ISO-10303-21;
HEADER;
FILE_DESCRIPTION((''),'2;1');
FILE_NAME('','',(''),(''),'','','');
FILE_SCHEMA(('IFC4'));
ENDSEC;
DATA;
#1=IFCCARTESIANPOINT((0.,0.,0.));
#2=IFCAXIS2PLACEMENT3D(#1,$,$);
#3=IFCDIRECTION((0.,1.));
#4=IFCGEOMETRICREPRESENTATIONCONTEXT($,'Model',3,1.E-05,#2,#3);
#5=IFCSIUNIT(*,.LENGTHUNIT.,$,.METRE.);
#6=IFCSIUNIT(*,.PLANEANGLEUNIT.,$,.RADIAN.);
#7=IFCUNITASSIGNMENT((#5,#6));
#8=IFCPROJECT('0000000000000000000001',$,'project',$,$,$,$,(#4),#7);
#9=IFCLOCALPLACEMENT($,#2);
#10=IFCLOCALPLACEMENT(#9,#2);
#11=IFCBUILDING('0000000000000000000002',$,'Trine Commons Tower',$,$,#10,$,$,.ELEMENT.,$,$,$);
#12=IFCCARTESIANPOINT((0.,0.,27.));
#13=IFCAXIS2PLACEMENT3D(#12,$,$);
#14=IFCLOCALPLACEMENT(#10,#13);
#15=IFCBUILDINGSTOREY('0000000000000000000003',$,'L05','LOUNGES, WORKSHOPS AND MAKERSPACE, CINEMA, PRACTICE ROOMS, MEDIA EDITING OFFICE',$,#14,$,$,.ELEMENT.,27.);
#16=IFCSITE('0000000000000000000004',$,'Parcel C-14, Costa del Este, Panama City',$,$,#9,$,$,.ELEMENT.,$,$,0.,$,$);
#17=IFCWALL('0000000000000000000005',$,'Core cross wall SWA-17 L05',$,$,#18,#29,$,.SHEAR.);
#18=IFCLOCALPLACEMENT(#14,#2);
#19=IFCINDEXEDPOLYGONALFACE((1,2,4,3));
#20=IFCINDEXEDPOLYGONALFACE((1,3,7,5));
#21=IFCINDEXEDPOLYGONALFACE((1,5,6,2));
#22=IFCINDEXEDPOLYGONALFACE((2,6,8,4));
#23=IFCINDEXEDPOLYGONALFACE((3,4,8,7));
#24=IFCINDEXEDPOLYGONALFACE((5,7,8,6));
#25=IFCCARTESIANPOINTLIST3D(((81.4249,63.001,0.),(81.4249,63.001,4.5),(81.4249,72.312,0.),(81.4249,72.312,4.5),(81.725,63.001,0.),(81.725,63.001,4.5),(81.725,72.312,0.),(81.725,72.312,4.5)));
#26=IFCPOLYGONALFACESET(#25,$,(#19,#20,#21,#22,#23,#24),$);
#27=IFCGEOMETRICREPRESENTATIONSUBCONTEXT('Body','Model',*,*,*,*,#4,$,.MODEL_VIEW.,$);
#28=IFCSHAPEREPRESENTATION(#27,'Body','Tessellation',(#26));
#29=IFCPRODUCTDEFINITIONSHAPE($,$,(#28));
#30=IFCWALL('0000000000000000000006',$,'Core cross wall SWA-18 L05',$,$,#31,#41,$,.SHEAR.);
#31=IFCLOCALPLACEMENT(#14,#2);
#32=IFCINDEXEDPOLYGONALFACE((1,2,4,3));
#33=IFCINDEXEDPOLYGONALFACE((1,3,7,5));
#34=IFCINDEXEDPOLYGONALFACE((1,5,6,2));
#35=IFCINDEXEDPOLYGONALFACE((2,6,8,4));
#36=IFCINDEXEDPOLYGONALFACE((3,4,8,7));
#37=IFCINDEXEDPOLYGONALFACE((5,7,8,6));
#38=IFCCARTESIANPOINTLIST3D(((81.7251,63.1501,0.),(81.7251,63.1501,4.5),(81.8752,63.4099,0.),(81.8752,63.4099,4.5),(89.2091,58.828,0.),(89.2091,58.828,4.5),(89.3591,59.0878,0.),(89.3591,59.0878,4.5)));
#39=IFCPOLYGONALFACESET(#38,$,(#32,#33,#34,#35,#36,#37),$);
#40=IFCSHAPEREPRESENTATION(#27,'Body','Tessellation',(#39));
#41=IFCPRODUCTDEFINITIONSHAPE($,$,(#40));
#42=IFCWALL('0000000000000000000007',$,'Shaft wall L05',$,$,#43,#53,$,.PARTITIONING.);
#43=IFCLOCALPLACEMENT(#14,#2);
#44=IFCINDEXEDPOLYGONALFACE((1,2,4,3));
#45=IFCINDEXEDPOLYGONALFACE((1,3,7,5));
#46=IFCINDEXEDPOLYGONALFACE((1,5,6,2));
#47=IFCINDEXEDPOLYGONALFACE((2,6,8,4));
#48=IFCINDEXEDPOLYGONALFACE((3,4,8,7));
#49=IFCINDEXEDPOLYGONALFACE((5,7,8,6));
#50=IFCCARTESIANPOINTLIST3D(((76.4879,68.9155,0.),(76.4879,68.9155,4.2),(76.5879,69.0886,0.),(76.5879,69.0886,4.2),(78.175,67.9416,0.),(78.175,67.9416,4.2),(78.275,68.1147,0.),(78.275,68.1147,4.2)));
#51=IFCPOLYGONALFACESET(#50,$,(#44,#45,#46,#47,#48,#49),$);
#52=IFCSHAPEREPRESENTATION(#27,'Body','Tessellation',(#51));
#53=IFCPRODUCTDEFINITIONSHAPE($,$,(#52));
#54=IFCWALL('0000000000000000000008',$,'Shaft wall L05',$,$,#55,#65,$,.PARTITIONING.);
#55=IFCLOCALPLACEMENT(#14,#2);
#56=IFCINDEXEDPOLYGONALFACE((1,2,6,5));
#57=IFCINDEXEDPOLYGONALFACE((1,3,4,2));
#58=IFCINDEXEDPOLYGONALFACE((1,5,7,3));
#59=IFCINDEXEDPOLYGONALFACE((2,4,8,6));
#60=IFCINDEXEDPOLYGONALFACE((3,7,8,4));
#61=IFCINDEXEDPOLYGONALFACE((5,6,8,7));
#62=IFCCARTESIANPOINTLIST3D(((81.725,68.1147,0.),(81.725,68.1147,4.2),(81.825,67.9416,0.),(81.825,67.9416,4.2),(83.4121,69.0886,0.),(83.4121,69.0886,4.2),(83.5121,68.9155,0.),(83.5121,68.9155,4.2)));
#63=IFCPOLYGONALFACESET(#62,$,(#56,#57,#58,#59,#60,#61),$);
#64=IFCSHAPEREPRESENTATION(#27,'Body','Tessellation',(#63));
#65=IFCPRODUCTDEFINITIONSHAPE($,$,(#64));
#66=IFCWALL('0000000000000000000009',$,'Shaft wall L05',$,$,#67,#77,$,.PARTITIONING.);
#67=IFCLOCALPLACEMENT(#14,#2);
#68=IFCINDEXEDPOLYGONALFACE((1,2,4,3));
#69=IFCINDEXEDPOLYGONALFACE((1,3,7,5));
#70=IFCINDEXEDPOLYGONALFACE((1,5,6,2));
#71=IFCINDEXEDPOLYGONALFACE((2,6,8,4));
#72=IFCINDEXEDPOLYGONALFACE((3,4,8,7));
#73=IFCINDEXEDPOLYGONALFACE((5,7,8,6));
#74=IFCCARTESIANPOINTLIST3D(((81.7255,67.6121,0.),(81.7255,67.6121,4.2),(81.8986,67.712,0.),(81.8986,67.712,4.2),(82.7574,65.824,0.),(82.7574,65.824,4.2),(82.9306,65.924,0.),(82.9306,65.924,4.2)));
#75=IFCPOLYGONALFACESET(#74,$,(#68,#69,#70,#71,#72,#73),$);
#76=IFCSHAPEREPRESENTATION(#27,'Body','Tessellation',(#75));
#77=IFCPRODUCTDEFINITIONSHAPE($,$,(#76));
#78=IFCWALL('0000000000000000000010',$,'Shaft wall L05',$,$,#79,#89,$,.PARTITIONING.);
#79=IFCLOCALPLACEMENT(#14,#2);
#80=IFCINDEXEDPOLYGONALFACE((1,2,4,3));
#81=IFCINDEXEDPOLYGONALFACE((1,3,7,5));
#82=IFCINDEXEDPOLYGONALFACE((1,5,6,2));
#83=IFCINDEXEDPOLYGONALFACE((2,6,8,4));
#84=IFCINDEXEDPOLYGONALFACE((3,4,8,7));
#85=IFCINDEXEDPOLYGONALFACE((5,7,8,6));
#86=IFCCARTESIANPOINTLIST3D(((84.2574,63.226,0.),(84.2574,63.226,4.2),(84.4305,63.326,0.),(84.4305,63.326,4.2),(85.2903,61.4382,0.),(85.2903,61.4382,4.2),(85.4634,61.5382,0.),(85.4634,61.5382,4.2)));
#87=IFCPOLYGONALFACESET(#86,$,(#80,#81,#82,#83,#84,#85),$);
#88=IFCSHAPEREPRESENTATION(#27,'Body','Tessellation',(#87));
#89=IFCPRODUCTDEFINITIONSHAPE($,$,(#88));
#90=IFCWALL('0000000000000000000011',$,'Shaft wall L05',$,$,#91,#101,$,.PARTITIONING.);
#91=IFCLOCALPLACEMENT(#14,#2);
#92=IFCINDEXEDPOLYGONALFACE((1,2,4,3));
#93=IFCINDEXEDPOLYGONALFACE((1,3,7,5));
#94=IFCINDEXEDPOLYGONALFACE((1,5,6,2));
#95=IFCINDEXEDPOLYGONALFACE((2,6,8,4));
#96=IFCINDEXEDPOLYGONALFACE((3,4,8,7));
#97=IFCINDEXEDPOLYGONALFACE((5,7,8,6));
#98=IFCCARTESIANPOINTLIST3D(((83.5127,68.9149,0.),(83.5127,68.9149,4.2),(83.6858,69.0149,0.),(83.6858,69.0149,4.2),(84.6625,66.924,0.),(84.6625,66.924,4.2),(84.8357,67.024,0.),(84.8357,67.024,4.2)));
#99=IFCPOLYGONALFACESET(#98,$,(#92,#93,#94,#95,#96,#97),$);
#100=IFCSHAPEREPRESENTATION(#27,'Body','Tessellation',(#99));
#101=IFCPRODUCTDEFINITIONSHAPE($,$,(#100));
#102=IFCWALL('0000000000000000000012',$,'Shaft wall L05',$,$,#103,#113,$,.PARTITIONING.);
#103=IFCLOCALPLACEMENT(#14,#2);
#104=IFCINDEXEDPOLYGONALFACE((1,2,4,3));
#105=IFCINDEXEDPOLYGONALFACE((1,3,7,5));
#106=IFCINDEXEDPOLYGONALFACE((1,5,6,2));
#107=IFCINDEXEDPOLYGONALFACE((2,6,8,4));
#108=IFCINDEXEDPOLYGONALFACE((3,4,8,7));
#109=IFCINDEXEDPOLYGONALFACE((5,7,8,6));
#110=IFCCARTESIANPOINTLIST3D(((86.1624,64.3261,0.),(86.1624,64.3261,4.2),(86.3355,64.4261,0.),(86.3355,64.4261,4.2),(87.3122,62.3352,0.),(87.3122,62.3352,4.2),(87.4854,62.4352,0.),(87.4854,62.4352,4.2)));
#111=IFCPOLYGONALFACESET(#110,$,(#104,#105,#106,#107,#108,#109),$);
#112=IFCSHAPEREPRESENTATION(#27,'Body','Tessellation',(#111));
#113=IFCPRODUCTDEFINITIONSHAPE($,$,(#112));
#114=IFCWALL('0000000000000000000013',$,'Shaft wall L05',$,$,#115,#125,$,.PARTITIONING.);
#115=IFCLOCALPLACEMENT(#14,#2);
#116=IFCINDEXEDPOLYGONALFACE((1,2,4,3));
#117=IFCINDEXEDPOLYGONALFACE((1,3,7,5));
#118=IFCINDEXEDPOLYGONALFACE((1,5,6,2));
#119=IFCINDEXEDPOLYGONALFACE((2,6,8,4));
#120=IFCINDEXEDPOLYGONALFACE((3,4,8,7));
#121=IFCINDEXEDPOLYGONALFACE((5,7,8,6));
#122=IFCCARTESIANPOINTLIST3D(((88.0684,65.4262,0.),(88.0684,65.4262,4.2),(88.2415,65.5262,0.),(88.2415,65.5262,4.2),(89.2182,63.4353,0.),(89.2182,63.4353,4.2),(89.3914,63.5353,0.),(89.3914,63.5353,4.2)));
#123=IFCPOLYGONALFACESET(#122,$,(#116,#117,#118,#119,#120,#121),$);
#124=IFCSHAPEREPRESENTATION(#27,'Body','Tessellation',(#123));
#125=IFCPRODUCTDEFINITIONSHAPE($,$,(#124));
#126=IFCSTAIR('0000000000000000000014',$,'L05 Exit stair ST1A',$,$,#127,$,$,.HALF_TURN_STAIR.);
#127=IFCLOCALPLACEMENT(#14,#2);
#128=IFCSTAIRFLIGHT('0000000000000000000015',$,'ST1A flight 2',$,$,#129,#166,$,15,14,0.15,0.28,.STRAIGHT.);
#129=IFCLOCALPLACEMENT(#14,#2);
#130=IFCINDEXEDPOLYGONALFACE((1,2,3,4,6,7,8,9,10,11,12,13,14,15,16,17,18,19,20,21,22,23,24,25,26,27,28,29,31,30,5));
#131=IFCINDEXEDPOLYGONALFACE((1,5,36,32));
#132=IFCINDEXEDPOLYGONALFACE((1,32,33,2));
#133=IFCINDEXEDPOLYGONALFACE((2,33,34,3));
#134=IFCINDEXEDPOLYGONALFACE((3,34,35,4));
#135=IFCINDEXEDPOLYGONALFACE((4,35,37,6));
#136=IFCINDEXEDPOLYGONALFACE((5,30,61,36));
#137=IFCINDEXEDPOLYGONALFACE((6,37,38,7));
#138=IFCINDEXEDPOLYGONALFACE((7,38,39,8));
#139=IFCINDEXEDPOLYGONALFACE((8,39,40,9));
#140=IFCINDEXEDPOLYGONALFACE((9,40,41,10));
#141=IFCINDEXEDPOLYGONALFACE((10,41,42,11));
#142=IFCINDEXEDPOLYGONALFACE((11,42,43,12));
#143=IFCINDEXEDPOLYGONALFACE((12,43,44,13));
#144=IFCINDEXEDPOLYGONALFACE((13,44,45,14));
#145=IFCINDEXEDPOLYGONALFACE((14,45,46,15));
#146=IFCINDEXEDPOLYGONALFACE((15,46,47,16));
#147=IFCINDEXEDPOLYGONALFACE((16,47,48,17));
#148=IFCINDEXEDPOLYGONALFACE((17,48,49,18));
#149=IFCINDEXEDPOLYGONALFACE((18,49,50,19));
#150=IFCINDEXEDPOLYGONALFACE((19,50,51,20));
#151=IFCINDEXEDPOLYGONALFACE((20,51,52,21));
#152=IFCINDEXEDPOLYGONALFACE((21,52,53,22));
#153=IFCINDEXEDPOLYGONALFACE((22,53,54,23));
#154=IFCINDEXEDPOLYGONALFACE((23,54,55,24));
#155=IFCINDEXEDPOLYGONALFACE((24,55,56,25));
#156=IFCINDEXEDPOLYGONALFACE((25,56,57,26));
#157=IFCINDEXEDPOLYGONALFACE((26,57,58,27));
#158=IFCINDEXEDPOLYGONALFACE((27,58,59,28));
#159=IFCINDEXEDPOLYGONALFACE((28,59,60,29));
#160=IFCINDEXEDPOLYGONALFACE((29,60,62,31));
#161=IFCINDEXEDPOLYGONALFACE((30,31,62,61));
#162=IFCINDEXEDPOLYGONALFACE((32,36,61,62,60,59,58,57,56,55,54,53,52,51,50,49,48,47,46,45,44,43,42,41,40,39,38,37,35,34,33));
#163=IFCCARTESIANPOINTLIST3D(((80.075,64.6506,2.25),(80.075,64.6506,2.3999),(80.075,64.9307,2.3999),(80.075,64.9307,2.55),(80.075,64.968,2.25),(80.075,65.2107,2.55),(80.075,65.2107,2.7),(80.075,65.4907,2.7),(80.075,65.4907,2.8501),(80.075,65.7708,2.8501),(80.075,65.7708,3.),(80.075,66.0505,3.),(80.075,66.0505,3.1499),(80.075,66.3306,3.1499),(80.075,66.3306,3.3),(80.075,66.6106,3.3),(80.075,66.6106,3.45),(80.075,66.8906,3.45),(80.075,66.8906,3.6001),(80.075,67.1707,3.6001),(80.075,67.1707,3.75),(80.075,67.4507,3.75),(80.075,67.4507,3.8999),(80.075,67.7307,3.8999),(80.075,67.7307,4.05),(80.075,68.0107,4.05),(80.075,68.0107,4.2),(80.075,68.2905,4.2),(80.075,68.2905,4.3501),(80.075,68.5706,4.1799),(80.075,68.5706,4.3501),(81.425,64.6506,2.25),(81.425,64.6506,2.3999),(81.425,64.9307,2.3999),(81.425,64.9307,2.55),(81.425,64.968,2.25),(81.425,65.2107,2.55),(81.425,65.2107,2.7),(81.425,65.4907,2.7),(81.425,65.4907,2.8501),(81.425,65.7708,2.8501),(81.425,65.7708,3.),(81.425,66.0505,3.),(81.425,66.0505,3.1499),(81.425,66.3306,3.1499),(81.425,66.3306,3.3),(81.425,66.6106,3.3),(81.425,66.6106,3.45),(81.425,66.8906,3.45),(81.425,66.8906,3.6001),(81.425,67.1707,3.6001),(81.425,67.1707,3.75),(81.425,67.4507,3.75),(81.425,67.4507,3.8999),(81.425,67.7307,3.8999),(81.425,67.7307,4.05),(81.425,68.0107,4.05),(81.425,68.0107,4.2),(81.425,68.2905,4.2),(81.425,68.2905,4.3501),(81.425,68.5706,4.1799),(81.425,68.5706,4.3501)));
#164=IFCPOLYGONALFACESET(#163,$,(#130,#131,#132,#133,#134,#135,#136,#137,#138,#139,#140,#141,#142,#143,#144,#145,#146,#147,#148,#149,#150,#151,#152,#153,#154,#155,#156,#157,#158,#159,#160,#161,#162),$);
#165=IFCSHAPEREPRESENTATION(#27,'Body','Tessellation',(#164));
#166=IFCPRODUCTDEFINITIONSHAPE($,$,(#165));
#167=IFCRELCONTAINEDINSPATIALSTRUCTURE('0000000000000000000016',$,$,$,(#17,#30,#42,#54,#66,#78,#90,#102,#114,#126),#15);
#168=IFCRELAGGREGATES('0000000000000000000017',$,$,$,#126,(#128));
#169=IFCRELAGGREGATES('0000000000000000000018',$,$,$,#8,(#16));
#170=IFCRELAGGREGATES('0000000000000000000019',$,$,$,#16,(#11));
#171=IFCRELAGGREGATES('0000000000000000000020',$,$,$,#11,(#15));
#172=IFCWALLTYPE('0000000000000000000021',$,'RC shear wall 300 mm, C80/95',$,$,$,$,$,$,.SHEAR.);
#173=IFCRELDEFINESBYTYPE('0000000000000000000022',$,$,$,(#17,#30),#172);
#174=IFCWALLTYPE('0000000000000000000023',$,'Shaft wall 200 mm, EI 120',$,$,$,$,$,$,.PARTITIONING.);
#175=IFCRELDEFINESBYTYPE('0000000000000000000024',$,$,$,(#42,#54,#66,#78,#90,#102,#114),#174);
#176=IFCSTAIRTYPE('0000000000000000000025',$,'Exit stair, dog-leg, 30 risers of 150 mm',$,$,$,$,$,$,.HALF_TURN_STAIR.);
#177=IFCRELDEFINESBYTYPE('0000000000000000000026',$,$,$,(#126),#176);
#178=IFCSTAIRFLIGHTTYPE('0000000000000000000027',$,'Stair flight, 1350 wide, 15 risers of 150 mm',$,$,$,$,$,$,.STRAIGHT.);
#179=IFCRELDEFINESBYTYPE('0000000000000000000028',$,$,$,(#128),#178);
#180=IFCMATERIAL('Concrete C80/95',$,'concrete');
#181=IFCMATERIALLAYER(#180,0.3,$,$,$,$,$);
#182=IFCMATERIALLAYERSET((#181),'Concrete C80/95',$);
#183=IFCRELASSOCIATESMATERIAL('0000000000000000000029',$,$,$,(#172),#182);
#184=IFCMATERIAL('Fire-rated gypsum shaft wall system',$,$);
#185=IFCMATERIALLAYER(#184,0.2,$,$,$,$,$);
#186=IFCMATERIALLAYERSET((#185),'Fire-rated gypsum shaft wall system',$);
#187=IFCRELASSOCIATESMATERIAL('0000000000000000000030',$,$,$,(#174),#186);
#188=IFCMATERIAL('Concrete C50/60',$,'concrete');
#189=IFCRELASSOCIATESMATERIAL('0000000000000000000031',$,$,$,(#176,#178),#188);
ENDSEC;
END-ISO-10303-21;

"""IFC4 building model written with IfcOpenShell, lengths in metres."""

from ifc_helpers import new_model, si_unit, direction, frame, frame_2d, origin, place, context, subcontext, project, spatial, polyline, rectangle, outline, extrude, material, layer, layer_set, type_object, element, aggregate, save


model = new_model("IFC4")

# Units and contexts
model_context = context("Model", 3, precision=1e-05, world=origin(), true_north=direction((0.0, 1.0)))
body_context = subcontext(model_context, "Body", "Model", "MODEL_VIEW")
ifc_project = project(units=[si_unit("LENGTHUNIT", "METRE"), si_unit("PLANEANGLEUNIT", "RADIAN")], contexts=[model_context])

# Site, building, storey
site_placement = place(None, origin())
site = spatial("IfcSite", under=ifc_project, at=site_placement, Name="Parcel C-14, Costa del Este, Panama City", CompositionType="ELEMENT", RefElevation=0.0)
building_placement = place(site_placement, origin())
building = spatial("IfcBuilding", under=site, at=building_placement, Name="Trine Commons Tower", CompositionType="ELEMENT")
storey_placement = place(building_placement, frame((0.0, 0.0, 27.0)))
storey = spatial("IfcBuildingStorey", under=building, at=storey_placement, Name="L05", Description="LOUNGES, WORKSHOPS AND MAKERSPACE, CINEMA, PRACTICE ROOMS, MEDIA EDITING OFFICE", CompositionType="ELEMENT", Elevation=27.0)

# Shared definitions
ifc_material_1 = material(Name="Concrete C50/60", Category="concrete")

# Shared definitions
ifc_material_2 = material(Name="Fire-rated gypsum shaft wall system")
ifc_material_3 = material(Name="Concrete C80/95", Category="concrete")
ifc_layer_1 = layer(ifc_material_3, 0.3)
ifc_layer_set_1 = layer_set([ifc_layer_1], Name="Concrete C80/95")
wall_type_1 = type_object("IfcWallType", Name="RC shear wall 300 mm, C80/95", PredefinedType="SHEAR", material=ifc_layer_set_1)

# Walls
wall_1_placement = place(storey_placement, frame((81.575, 63.001, 0.0), z_axis=(0.0, 0.0, 1.0), x_axis=(0.0, 1.0, 0.0)))
element("IfcWall", 1, at=wall_1_placement, inside=storey, type_object=wall_type_1, Name="Core cross wall SWA-17 L05", PredefinedType="SHEAR", context=body_context, shape_type="SweptSolid", body=[
    extrude(rectangle(XDim=9.311, YDim=0.3, at=frame_2d((4.6555, 0.0))), origin(), (0.0, 0.0, 1.0), 4.5),
])
wall_2_placement = place(storey_placement, frame((81.8, 63.28, 0.0), z_axis=(0.0, 0.0, 1.0), x_axis=(0.865965, -0.500104, 0.0)))
element("IfcWall", 2, at=wall_2_placement, inside=storey, type_object=wall_type_1, Name="Core cross wall SWA-18 L05", PredefinedType="SHEAR", context=body_context, shape_type="SweptSolid", body=[
    extrude(rectangle(XDim=8.6423, YDim=0.3, at=frame_2d((4.3213, 0.0))), origin(), (0.0, 0.0, 1.0), 4.5),
])
ifc_layer_2 = layer(ifc_material_2, 0.2)
ifc_layer_set_2 = layer_set([ifc_layer_2], Name="Fire-rated gypsum shaft wall system")
wall_type_2 = type_object("IfcWallType", Name="Shaft wall 200 mm, EI 120", PredefinedType="PARTITIONING", material=ifc_layer_set_2)
for number, where, z_axis, x_axis, name in (
    (3, (78.2251, 68.0281, 0.0), (0.0, 0.0, 1.0), (-0.866052, 0.499954, 0.0), "Shaft wall L05"),
    (4, (81.7749, 68.0281, 0.0), (0.0, 0.0, 1.0), (0.866052, 0.499954, 0.0), "Shaft wall L05"),
):
    element("IfcWall", number, at=place(storey_placement, frame(where, z_axis=z_axis, x_axis=x_axis)), inside=storey, type_object=wall_type_2, Name=name, PredefinedType="PARTITIONING", context=body_context, shape_type="SweptSolid", body=[
        extrude(rectangle(XDim=1.948, YDim=0.2, at=frame_2d((0.9741, 0.0))), origin(), (0.0, 0.0, 1.0), 4.2),
    ])
wall_3_placement = place(storey_placement, frame((82.844, 65.874, 0.0), z_axis=(0.0, 0.0, 1.0), x_axis=(-0.499866, 0.866103, 0.0)))
element("IfcWall", 5, at=wall_3_placement, inside=storey, type_object=wall_type_2, Name="Shaft wall L05", PredefinedType="PARTITIONING", context=body_context, shape_type="SweptSolid", body=[
    extrude(rectangle(XDim=2.0645, YDim=0.2, at=frame_2d((1.0322, 0.0))), origin(), (0.0, 0.0, 1.0), 4.2),
])
wall_4_placement = place(storey_placement, frame((84.344, 63.2759, 0.0), z_axis=(0.0, 0.0, 1.0), x_axis=(0.500272, -0.865868, 0.0)))
element("IfcWall", 6, at=wall_4_placement, inside=storey, type_object=wall_type_2, Name="Shaft wall L05", PredefinedType="PARTITIONING", context=body_context, shape_type="SweptSolid", body=[
    extrude(rectangle(XDim=2.0647, YDim=0.2, at=frame_2d((1.0322, 0.0))), origin(), (0.0, 0.0, 1.0), 4.2),
])
for number, where, z_axis, x_axis, name in (
    (7, (84.749, 66.9741, 0.0), (0.0, 0.0, 1.0), (-0.500136, 0.865947, 0.0), "Shaft wall L05"),
    (8, (86.249, 64.376, 0.0), (0.0, 0.0, 1.0), (0.500136, -0.865947, 0.0), "Shaft wall L05"),
    (9, (88.155, 65.4761, 0.0), (0.0, 0.0, 1.0), (0.500136, -0.865947, 0.0), "Shaft wall L05"),
):
    element("IfcWall", number, at=place(storey_placement, frame(where, z_axis=z_axis, x_axis=x_axis)), inside=storey, type_object=wall_type_2, Name=name, PredefinedType="PARTITIONING", context=body_context, shape_type="SweptSolid", body=[
        extrude(rectangle(XDim=2.2991, YDim=0.2, at=frame_2d((1.1494, 0.0))), origin(), (0.0, 0.0, 1.0), 4.2),
    ])

# Stair, stair flight
stair_type = type_object("IfcStairType", Name="Exit stair, dog-leg, 30 risers of 150 mm", PredefinedType="HALF_TURN_STAIR", material=ifc_material_1)
stair_placement = place(storey_placement, origin())
stair = element("IfcStair", 10, at=stair_placement, inside=storey, type_object=stair_type, Name="L05 Exit stair ST1A", PredefinedType="HALF_TURN_STAIR")
stair_flight_type = type_object("IfcStairFlightType", Name="Stair flight, 1350 wide, 15 risers of 150 mm", PredefinedType="STRAIGHT", material=ifc_material_1)
stair_flight_placement = place(storey_placement, frame((80.75, 64.6506, 2.25), z_axis=(0.0, 0.0, 1.0), x_axis=(0.0, 1.0, 0.0)))
stair_flight = element("IfcStairFlight", 11, at=stair_flight_placement, type_object=stair_flight_type, Name="ST1A flight 2", NumberOfRisers=15, NumberOfTreads=14, PredefinedType="STRAIGHT", RiserHeight=0.15, TreadLength=0.28, context=body_context, shape_type="SweptSolid", body=[
    extrude(outline(polyline([(0.0, 0.0), (0.0, 0.1499), (0.28, 0.1499), (0.28, 0.3), (0.5601, 0.3), (0.5601, 0.45), (0.8401, 0.45), (0.8401, 0.6001), (1.1201, 0.6001), (1.1201, 0.75), (1.3999, 0.75), (1.3999, 0.8999), (1.6799, 0.8999), (1.6799, 1.05), (1.96, 1.05), (1.96, 1.2), (2.24, 1.2), (2.24, 1.3501), (2.52, 1.3501), (2.52, 1.5), (2.8, 1.5), (2.8, 1.6499), (3.0801, 1.6499), (3.0801, 1.8), (3.3601, 1.8), (3.3601, 1.95), (3.6399, 1.95), (3.6399, 2.1001), (3.9199, 2.1001), (3.9199, 2.25), (3.9199, 1.9299), (0.3174, 0.0), (0.0, 0.0)])), frame((0.0, 0.675, 0.0), z_axis=(0.0, -1.0, 0.0), x_axis=(1.0, 0.0, 0.0)), (0.0, 0.0, 1.0), 1.3501),
])
aggregate(stair, [stair_flight])

save(model, "model.ifc")
